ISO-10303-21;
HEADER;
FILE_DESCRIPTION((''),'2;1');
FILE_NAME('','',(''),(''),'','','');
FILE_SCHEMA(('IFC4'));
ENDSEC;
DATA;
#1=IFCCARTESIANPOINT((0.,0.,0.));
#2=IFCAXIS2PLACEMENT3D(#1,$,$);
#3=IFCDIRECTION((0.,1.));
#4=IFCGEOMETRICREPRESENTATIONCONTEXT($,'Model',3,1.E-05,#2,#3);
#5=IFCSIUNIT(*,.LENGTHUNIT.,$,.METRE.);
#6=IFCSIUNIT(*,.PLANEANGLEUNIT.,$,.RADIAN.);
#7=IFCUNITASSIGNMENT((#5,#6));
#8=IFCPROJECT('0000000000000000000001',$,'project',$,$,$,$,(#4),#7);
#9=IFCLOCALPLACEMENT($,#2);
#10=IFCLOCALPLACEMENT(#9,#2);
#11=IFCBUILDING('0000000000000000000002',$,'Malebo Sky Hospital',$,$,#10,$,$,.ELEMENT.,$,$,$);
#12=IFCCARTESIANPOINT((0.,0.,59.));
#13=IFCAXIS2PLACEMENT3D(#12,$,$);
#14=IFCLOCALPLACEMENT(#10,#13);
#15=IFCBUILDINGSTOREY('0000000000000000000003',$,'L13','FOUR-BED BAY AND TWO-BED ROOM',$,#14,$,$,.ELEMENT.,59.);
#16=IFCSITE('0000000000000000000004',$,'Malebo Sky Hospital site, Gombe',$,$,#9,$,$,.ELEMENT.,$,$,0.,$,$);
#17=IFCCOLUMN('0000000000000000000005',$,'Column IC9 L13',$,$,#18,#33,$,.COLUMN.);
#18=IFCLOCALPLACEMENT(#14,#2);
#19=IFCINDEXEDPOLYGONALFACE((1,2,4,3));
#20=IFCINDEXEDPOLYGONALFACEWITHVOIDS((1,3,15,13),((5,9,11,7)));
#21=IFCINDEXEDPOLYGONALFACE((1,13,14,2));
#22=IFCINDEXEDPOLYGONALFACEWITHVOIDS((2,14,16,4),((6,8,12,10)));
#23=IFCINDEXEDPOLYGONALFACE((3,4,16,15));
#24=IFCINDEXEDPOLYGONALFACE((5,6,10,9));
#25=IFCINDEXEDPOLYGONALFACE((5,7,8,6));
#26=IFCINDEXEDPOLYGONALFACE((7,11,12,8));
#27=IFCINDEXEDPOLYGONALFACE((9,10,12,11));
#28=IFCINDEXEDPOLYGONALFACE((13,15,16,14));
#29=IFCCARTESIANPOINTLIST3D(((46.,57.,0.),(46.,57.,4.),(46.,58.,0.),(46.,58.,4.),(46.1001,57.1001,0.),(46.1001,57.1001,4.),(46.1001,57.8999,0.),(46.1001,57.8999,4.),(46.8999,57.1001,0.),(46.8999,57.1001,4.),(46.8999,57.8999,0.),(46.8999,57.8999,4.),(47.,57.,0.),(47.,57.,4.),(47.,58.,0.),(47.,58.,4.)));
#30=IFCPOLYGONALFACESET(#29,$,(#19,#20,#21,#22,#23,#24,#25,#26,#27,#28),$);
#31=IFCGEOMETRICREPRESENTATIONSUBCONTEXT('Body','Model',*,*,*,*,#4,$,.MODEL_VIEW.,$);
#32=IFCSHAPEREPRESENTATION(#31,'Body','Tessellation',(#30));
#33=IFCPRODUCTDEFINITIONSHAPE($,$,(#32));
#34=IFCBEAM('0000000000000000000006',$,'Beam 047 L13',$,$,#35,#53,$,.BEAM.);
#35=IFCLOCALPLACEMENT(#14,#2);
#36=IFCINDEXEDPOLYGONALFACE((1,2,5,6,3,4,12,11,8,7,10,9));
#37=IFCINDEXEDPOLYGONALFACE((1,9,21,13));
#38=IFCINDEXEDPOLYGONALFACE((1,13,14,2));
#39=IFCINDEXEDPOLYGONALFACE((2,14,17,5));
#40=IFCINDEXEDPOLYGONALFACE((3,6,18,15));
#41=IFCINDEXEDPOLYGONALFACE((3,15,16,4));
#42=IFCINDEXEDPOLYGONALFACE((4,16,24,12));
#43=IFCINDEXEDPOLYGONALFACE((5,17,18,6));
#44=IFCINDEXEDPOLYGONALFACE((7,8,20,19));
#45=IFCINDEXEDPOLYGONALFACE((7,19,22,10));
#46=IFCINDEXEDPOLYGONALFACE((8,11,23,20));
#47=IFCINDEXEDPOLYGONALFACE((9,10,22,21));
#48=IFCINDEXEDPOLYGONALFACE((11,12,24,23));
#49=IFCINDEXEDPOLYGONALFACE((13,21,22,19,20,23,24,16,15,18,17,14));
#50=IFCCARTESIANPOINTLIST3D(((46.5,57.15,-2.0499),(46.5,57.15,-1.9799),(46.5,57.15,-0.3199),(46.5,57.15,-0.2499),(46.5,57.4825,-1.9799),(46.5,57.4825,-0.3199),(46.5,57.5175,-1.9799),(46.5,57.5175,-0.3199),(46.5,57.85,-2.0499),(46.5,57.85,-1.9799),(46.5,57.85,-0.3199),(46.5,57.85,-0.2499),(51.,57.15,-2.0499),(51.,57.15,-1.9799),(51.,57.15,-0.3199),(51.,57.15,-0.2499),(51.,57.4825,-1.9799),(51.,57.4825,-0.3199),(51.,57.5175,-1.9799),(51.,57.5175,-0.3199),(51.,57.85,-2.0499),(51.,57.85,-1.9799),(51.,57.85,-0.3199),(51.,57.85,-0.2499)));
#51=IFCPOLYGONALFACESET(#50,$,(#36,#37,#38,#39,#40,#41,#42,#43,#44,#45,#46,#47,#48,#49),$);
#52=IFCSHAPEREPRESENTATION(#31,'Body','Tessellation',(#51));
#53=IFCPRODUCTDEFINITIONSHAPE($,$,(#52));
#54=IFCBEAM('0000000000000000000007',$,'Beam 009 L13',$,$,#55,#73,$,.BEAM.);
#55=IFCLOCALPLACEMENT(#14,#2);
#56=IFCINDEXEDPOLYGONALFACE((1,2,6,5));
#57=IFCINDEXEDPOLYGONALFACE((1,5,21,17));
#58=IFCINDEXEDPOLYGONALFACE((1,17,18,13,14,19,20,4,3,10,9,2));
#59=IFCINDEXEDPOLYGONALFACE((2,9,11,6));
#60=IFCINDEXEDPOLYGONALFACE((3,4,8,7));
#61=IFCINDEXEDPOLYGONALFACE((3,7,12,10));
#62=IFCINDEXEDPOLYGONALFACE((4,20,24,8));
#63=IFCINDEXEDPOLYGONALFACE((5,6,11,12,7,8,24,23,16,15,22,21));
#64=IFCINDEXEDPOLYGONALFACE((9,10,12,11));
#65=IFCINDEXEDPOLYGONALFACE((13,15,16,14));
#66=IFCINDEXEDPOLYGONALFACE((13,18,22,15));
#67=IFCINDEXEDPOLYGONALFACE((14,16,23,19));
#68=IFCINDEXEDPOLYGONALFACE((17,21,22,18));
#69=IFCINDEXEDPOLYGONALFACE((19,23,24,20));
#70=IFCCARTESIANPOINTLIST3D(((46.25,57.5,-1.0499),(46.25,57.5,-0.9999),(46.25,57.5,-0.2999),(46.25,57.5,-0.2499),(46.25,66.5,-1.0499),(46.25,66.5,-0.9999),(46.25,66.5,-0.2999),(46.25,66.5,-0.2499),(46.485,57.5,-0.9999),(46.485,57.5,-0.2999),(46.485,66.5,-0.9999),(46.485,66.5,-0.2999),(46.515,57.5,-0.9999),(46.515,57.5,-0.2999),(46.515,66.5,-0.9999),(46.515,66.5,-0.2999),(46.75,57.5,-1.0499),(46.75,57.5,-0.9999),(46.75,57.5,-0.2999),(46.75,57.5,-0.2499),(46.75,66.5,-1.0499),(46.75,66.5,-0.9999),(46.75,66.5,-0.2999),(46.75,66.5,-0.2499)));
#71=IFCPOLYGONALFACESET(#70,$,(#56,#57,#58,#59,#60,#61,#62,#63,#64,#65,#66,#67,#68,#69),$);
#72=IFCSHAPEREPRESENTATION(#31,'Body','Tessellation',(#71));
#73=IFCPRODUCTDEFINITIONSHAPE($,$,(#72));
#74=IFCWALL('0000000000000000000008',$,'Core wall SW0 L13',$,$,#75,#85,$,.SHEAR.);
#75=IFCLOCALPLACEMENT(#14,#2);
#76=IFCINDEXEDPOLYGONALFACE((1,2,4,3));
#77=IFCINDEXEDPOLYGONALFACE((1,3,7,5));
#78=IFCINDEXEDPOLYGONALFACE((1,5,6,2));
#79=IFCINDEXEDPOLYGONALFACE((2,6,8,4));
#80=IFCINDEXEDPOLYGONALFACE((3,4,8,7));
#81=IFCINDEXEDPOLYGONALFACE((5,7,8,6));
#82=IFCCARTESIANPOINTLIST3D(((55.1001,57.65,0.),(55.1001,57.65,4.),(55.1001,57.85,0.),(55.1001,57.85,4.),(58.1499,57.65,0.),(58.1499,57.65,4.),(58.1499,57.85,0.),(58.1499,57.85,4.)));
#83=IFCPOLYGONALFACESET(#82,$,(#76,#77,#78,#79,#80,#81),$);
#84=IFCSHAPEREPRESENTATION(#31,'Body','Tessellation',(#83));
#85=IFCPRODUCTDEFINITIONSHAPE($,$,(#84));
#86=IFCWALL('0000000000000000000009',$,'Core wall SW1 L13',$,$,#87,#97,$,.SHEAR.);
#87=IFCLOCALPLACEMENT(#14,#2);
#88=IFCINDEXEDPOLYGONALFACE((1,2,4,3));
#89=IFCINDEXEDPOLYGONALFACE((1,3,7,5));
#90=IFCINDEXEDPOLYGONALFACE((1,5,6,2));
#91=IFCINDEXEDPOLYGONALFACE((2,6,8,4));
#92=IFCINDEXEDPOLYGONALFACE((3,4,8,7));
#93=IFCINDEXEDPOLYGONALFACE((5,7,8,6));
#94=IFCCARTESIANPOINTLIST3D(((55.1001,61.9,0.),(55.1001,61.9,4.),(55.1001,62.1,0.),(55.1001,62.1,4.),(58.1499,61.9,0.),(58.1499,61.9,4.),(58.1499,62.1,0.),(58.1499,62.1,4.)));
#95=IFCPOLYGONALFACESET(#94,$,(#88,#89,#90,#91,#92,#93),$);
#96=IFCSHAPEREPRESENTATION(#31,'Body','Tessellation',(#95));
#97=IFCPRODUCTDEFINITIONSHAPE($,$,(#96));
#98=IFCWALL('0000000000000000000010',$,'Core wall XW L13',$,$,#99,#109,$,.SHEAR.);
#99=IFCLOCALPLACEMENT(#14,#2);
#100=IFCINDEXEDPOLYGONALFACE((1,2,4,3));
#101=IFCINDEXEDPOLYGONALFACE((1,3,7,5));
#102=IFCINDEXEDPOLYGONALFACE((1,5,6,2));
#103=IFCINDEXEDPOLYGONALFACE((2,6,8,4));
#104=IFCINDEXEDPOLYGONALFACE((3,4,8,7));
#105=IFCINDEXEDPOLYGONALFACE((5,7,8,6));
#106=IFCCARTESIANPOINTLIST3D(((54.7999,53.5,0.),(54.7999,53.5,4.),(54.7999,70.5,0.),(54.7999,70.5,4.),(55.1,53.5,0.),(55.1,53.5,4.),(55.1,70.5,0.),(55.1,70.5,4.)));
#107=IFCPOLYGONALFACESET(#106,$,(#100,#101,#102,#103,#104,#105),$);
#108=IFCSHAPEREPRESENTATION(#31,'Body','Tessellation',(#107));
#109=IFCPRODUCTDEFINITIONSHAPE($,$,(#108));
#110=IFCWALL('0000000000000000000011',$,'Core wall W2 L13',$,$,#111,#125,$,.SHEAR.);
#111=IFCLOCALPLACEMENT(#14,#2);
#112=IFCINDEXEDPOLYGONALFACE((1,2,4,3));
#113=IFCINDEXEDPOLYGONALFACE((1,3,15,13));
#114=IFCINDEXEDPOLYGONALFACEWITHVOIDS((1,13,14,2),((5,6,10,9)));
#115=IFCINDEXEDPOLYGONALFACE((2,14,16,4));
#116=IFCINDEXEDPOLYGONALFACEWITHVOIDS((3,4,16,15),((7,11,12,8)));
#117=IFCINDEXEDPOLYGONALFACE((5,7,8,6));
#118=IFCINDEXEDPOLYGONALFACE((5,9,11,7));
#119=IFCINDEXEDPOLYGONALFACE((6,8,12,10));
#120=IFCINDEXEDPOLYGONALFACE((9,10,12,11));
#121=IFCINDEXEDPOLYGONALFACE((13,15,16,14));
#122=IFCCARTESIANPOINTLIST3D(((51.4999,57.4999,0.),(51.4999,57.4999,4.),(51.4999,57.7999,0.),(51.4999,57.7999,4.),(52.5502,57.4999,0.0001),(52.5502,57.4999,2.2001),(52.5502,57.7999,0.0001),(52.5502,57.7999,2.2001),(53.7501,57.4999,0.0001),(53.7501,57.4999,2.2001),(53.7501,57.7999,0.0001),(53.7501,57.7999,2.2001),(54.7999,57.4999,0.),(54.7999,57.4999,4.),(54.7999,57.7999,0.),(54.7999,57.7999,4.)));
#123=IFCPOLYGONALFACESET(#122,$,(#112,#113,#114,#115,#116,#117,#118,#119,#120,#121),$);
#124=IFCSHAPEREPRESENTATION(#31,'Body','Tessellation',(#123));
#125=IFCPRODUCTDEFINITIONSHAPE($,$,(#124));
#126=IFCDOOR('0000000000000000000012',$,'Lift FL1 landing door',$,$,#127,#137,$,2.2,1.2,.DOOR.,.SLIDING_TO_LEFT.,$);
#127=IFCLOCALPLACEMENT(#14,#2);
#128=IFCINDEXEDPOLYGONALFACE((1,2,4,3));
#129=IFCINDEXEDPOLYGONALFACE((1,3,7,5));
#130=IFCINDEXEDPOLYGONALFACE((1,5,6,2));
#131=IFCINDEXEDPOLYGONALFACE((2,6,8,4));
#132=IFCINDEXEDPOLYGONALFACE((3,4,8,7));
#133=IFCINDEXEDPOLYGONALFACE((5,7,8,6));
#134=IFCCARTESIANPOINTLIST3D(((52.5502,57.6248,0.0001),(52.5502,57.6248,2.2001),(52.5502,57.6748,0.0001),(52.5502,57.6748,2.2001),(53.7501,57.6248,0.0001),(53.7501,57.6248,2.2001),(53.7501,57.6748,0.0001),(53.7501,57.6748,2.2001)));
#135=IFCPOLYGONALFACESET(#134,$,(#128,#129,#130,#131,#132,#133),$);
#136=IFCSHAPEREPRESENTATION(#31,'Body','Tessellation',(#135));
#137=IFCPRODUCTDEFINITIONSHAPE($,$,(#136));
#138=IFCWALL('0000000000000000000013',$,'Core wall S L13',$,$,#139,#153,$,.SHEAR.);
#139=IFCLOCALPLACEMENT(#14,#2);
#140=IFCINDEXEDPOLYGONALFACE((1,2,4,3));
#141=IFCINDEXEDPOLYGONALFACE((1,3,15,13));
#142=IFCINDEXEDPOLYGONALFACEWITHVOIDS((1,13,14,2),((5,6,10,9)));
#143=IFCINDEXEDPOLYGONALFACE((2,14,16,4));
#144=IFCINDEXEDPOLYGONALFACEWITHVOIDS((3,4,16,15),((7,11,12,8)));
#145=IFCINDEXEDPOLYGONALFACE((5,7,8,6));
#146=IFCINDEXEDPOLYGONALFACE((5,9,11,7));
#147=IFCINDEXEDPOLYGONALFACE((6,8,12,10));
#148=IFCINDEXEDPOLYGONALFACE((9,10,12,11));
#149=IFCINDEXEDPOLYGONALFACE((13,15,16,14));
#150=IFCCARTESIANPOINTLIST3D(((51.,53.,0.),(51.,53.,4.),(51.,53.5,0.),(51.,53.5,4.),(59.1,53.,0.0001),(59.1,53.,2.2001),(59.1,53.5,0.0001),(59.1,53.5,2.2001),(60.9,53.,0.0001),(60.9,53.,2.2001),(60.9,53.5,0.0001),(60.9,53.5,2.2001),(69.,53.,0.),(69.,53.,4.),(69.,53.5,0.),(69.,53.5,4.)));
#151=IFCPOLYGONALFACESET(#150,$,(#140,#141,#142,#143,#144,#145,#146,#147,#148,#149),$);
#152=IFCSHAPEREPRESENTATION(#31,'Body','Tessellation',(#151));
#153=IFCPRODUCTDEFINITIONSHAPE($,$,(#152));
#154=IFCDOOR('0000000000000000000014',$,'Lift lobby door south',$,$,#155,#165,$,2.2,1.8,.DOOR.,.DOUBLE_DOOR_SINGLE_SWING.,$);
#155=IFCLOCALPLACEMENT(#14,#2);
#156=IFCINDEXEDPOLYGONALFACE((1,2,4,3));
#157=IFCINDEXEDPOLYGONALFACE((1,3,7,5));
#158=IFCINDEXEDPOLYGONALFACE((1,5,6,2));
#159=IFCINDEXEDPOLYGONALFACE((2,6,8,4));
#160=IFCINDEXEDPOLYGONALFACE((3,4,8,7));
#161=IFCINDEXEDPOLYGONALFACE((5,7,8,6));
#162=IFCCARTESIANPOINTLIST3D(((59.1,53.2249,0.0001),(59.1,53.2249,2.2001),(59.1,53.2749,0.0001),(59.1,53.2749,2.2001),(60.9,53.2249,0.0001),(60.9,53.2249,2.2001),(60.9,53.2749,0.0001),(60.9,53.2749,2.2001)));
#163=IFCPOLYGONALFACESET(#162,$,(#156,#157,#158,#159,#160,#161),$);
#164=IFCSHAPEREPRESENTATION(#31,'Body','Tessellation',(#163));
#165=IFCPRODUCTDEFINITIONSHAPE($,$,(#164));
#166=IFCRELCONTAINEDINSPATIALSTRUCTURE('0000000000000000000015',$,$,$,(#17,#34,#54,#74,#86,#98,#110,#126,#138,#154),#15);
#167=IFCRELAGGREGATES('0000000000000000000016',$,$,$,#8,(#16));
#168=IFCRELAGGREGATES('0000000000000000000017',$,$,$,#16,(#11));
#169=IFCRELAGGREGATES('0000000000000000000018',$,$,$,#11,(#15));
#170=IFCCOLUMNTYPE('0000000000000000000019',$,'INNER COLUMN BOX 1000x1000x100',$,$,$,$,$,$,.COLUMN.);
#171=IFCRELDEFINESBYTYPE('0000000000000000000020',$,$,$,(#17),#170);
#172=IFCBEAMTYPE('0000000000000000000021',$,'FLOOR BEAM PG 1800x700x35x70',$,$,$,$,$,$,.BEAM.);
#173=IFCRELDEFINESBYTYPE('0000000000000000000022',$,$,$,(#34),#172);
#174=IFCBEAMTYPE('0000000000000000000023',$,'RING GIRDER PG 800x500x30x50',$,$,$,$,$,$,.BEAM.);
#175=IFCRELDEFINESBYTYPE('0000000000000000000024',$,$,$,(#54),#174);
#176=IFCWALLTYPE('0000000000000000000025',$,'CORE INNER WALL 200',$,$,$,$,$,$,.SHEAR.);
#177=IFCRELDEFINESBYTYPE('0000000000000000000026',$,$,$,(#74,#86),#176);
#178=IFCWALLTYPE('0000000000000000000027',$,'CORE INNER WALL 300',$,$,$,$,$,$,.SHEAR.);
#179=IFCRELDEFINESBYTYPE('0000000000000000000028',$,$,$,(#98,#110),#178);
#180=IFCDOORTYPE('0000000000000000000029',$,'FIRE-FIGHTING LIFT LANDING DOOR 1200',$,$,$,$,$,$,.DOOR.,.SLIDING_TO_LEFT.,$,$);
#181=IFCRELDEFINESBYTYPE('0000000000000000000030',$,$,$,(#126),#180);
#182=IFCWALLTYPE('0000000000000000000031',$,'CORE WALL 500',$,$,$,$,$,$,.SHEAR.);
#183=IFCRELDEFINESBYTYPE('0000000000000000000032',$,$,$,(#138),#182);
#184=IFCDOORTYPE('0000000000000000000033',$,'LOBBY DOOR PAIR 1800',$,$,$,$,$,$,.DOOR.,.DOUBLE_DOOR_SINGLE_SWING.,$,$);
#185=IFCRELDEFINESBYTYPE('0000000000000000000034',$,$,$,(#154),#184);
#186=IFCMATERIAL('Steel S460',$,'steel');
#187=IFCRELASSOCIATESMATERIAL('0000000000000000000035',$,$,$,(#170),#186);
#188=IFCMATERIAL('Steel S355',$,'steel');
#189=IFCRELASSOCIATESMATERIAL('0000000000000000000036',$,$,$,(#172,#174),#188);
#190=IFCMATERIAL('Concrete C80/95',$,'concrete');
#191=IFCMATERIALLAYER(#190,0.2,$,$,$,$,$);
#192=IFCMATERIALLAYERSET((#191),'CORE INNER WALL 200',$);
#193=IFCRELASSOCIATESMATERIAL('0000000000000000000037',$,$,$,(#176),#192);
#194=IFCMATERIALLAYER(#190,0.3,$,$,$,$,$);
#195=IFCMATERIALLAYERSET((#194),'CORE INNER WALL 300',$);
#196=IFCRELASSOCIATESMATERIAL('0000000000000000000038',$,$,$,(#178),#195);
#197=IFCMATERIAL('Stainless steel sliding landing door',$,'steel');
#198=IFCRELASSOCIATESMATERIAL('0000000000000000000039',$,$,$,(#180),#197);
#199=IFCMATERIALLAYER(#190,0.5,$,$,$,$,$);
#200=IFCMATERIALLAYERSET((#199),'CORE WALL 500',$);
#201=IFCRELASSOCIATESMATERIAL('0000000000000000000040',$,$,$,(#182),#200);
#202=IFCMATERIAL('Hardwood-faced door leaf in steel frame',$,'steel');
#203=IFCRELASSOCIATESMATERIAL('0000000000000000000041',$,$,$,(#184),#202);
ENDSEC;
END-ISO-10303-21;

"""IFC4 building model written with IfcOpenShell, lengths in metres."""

from ifc_helpers import new_model, si_unit, direction, frame, frame_2d, origin, origin_2d, place, context, subcontext, project, spatial, rectangle, hollow_rectangle, i_section, extrude, material, layer, layer_set, material_profile, profile_set, type_object, element, fill, save


model = new_model("IFC4")

# Units and contexts
model_context = context("Model", 3, precision=1e-05, world=origin(), true_north=direction((0.0, 1.0)))
body_context = subcontext(model_context, "Body", "Model", "MODEL_VIEW")
ifc_project = project(units=[si_unit("LENGTHUNIT", "METRE"), si_unit("PLANEANGLEUNIT", "RADIAN")], contexts=[model_context])

# Site, building, storey
site_placement = place(None, origin())
site = spatial("IfcSite", under=ifc_project, at=site_placement, Name="Malebo Sky Hospital site, Gombe", CompositionType="ELEMENT", RefElevation=0.0)
building_placement = place(site_placement, origin())
building = spatial("IfcBuilding", under=site, at=building_placement, Name="Malebo Sky Hospital", CompositionType="ELEMENT")
storey_placement = place(building_placement, frame((0.0, 0.0, 59.0)))
storey = spatial("IfcBuildingStorey", under=building, at=storey_placement, Name="L13", Description="FOUR-BED BAY AND TWO-BED ROOM", CompositionType="ELEMENT", Elevation=59.0)

# Column
ifc_material_1 = material(Name="Steel S460", Category="steel")
ifc_material_profile_1 = material_profile(ifc_material_1, hollow_rectangle(XDim=1.0, YDim=1.0, WallThickness=0.1001, at=origin_2d()), Name="BOX 1000x1000x100")
ifc_profile_set_1 = profile_set([ifc_material_profile_1], Name="Steel S460")
column_type = type_object("IfcColumnType", Name="INNER COLUMN BOX 1000x1000x100", PredefinedType="COLUMN", material=ifc_profile_set_1)
column_placement = place(storey_placement, frame((46.5, 57.5, 0.0), z_axis=(0.0, 0.0, 1.0), x_axis=(1.0, 0.0, 0.0)))
element("IfcColumn", 1, at=column_placement, inside=storey, type_object=column_type, Name="Column IC9 L13", PredefinedType="COLUMN", context=body_context, shape_type="SweptSolid", body=[
    extrude(hollow_rectangle(XDim=1.0, YDim=1.0, WallThickness=0.1001, at=origin_2d()), origin(), (0.0, 0.0, 1.0), 4.0),
])

# Beams
ifc_material_2 = material(Name="Steel S355", Category="steel")
ifc_material_profile_2 = material_profile(ifc_material_2, i_section(OverallWidth=0.7, OverallDepth=1.8, WebThickness=0.0349, FlangeThickness=0.0701, at=origin_2d()), Name="PG 1800x700x35x70")
ifc_profile_set_2 = profile_set([ifc_material_profile_2], Name="Steel S355")
beam_type_1 = type_object("IfcBeamType", Name="FLOOR BEAM PG 1800x700x35x70", PredefinedType="BEAM", material=ifc_profile_set_2)
beam_1_placement = place(storey_placement, frame((46.5, 57.5, -1.1499), z_axis=(1.0, 0.0, 0.0), x_axis=(0.0, 1.0, 0.0)))
element("IfcBeam", 2, at=beam_1_placement, inside=storey, type_object=beam_type_1, Name="Beam 047 L13", PredefinedType="BEAM", context=body_context, shape_type="SweptSolid", body=[
    extrude(i_section(OverallWidth=0.7, OverallDepth=1.8, WebThickness=0.0349, FlangeThickness=0.0701, at=origin_2d()), origin(), (0.0, 0.0, 1.0), 4.5),
])
ifc_material_profile_3 = material_profile(ifc_material_2, i_section(OverallWidth=0.5, OverallDepth=0.8, WebThickness=0.03, FlangeThickness=0.05, at=origin_2d()), Name="PG 800x500x30x50")
ifc_profile_set_3 = profile_set([ifc_material_profile_3], Name="Steel S355")
beam_type_2 = type_object("IfcBeamType", Name="RING GIRDER PG 800x500x30x50", PredefinedType="BEAM", material=ifc_profile_set_3)
beam_2_placement = place(storey_placement, frame((46.5, 57.5, -0.6499), z_axis=(0.0, 1.0, 0.0), x_axis=(-1.0, 0.0, 0.0)))
element("IfcBeam", 3, at=beam_2_placement, inside=storey, type_object=beam_type_2, Name="Beam 009 L13", PredefinedType="BEAM", context=body_context, shape_type="SweptSolid", body=[
    extrude(i_section(OverallWidth=0.5, OverallDepth=0.8, WebThickness=0.03, FlangeThickness=0.05, at=origin_2d()), origin(), (0.0, 0.0, 1.0), 9.0),
])

# Walls
ifc_material_3 = material(Name="Concrete C80/95", Category="concrete")
ifc_layer_1 = layer(ifc_material_3, 0.2)
ifc_layer_set_1 = layer_set([ifc_layer_1], Name="CORE INNER WALL 200")
wall_type_1 = type_object("IfcWallType", Name="CORE INNER WALL 200", PredefinedType="SHEAR", material=ifc_layer_set_1)
for number, where, z_axis, x_axis, name in (
    (4, (55.1001, 57.75, 0.0), (0.0, 0.0, 1.0), (1.0, 0.0, 0.0), "Core wall SW0 L13"),
    (5, (55.1001, 62.0, 0.0), (0.0, 0.0, 1.0), (1.0, 0.0, 0.0), "Core wall SW1 L13"),
):
    element("IfcWall", number, at=place(storey_placement, frame(where, z_axis=z_axis, x_axis=x_axis)), inside=storey, type_object=wall_type_1, Name=name, PredefinedType="SHEAR", context=body_context, shape_type="SweptSolid", body=[
        extrude(rectangle(XDim=3.0498, YDim=0.2, at=frame_2d((1.5249, 0.0))), origin(), (0.0, 0.0, 1.0), 4.0),
    ])
ifc_layer_2 = layer(ifc_material_3, 0.3)
ifc_layer_set_2 = layer_set([ifc_layer_2], Name="CORE INNER WALL 300")
wall_type_2 = type_object("IfcWallType", Name="CORE INNER WALL 300", PredefinedType="SHEAR", material=ifc_layer_set_2)
wall_1_placement = place(storey_placement, frame((54.95, 53.5, 0.0), z_axis=(0.0, 0.0, 1.0), x_axis=(0.0, 1.0, 0.0)))
element("IfcWall", 6, at=wall_1_placement, inside=storey, type_object=wall_type_2, Name="Core wall XW L13", PredefinedType="SHEAR", context=body_context, shape_type="SweptSolid", body=[
    extrude(rectangle(XDim=17.0, YDim=0.3, at=frame_2d((8.5, 0.0))), origin(), (0.0, 0.0, 1.0), 4.0),
])

# Walls, openings, doors
wall_2_placement = place(storey_placement, frame((51.5, 57.6499, 0.0), z_axis=(0.0, 0.0, 1.0), x_axis=(1.0, 0.0, 0.0)))
wall_2 = element("IfcWall", 7, at=wall_2_placement, inside=storey, type_object=wall_type_2, Name="Core wall W2 L13", PredefinedType="SHEAR", context=body_context, shape_type="SweptSolid", body=[
    extrude(rectangle(XDim=3.3, YDim=0.3, at=frame_2d((1.6499, 0.0))), origin(), (0.0, 0.0, 1.0), 4.0),
])
opening_1_placement = place(wall_2_placement, frame((1.05, 0.0, 0.0)))
opening_1 = element("IfcOpeningElement", 8, at=opening_1_placement, cuts=wall_2, PredefinedType="OPENING", context=body_context, shape_type="SweptSolid", body=[
    extrude(rectangle(XDim=1.2, YDim=2.2, at=frame_2d((0.6001, 1.1001))), frame((0.0, 0.1599, 0.0), z_axis=(0.0, -1.0, 0.0), x_axis=(1.0, 0.0, 0.0)), (0.0, 0.0, 1.0), 0.3201),
])
ifc_material_4 = material(Name="Stainless steel sliding landing door", Category="steel")
door_type_1 = type_object("IfcDoorType", Name="FIRE-FIGHTING LIFT LANDING DOOR 1200", OperationType="SLIDING_TO_LEFT", PredefinedType="DOOR", material=ifc_material_4)
door_1_placement = place(opening_1_placement, origin())
door_1 = element("IfcDoor", 9, at=door_1_placement, inside=storey, type_object=door_type_1, Name="Lift FL1 landing door", OperationType="SLIDING_TO_LEFT", OverallHeight=2.2, OverallWidth=1.2, PredefinedType="DOOR", context=body_context, shape_type="SweptSolid", body=[
    extrude(rectangle(XDim=1.2, YDim=2.2, at=frame_2d((0.6001, 1.1001))), frame((0.0, 0.0249, 0.0), z_axis=(0.0, -1.0, 0.0), x_axis=(1.0, 0.0, 0.0)), (0.0, 0.0, 1.0), 0.05),
])
fill(opening_1, door_1)
ifc_layer_3 = layer(ifc_material_3, 0.5)
ifc_layer_set_3 = layer_set([ifc_layer_3], Name="CORE WALL 500")
wall_type_3 = type_object("IfcWallType", Name="CORE WALL 500", PredefinedType="SHEAR", material=ifc_layer_set_3)
wall_3_placement = place(storey_placement, frame((51.0, 53.25, 0.0), z_axis=(0.0, 0.0, 1.0), x_axis=(1.0, 0.0, 0.0)))
wall_3 = element("IfcWall", 10, at=wall_3_placement, inside=storey, type_object=wall_type_3, Name="Core wall S L13", PredefinedType="SHEAR", context=body_context, shape_type="SweptSolid", body=[
    extrude(rectangle(XDim=18.0, YDim=0.5, at=frame_2d((9.0, 0.0))), origin(), (0.0, 0.0, 1.0), 4.0),
])
opening_2_placement = place(wall_3_placement, frame((8.1001, 0.0, 0.0)))
opening_2 = element("IfcOpeningElement", 11, at=opening_2_placement, cuts=wall_3, PredefinedType="OPENING", context=body_context, shape_type="SweptSolid", body=[
    extrude(rectangle(XDim=1.8, YDim=2.2, at=frame_2d((0.8999, 1.1001))), frame((0.0, 0.26, 0.0), z_axis=(0.0, -1.0, 0.0), x_axis=(1.0, 0.0, 0.0)), (0.0, 0.0, 1.0), 0.52),
])
ifc_material_5 = material(Name="Hardwood-faced door leaf in steel frame", Category="steel")
door_type_2 = type_object("IfcDoorType", Name="LOBBY DOOR PAIR 1800", OperationType="DOUBLE_DOOR_SINGLE_SWING", PredefinedType="DOOR", material=ifc_material_5)
door_2_placement = place(opening_2_placement, origin())
door_2 = element("IfcDoor", 12, at=door_2_placement, inside=storey, type_object=door_type_2, Name="Lift lobby door south", OperationType="DOUBLE_DOOR_SINGLE_SWING", OverallHeight=2.2, OverallWidth=1.8, PredefinedType="DOOR", context=body_context, shape_type="SweptSolid", body=[
    extrude(rectangle(XDim=1.8, YDim=2.2, at=frame_2d((0.8999, 1.1001))), frame((0.0, 0.0249, 0.0), z_axis=(0.0, -1.0, 0.0), x_axis=(1.0, 0.0, 0.0)), (0.0, 0.0, 1.0), 0.05),
])
fill(opening_2, door_2)

save(model, "model.ifc")
